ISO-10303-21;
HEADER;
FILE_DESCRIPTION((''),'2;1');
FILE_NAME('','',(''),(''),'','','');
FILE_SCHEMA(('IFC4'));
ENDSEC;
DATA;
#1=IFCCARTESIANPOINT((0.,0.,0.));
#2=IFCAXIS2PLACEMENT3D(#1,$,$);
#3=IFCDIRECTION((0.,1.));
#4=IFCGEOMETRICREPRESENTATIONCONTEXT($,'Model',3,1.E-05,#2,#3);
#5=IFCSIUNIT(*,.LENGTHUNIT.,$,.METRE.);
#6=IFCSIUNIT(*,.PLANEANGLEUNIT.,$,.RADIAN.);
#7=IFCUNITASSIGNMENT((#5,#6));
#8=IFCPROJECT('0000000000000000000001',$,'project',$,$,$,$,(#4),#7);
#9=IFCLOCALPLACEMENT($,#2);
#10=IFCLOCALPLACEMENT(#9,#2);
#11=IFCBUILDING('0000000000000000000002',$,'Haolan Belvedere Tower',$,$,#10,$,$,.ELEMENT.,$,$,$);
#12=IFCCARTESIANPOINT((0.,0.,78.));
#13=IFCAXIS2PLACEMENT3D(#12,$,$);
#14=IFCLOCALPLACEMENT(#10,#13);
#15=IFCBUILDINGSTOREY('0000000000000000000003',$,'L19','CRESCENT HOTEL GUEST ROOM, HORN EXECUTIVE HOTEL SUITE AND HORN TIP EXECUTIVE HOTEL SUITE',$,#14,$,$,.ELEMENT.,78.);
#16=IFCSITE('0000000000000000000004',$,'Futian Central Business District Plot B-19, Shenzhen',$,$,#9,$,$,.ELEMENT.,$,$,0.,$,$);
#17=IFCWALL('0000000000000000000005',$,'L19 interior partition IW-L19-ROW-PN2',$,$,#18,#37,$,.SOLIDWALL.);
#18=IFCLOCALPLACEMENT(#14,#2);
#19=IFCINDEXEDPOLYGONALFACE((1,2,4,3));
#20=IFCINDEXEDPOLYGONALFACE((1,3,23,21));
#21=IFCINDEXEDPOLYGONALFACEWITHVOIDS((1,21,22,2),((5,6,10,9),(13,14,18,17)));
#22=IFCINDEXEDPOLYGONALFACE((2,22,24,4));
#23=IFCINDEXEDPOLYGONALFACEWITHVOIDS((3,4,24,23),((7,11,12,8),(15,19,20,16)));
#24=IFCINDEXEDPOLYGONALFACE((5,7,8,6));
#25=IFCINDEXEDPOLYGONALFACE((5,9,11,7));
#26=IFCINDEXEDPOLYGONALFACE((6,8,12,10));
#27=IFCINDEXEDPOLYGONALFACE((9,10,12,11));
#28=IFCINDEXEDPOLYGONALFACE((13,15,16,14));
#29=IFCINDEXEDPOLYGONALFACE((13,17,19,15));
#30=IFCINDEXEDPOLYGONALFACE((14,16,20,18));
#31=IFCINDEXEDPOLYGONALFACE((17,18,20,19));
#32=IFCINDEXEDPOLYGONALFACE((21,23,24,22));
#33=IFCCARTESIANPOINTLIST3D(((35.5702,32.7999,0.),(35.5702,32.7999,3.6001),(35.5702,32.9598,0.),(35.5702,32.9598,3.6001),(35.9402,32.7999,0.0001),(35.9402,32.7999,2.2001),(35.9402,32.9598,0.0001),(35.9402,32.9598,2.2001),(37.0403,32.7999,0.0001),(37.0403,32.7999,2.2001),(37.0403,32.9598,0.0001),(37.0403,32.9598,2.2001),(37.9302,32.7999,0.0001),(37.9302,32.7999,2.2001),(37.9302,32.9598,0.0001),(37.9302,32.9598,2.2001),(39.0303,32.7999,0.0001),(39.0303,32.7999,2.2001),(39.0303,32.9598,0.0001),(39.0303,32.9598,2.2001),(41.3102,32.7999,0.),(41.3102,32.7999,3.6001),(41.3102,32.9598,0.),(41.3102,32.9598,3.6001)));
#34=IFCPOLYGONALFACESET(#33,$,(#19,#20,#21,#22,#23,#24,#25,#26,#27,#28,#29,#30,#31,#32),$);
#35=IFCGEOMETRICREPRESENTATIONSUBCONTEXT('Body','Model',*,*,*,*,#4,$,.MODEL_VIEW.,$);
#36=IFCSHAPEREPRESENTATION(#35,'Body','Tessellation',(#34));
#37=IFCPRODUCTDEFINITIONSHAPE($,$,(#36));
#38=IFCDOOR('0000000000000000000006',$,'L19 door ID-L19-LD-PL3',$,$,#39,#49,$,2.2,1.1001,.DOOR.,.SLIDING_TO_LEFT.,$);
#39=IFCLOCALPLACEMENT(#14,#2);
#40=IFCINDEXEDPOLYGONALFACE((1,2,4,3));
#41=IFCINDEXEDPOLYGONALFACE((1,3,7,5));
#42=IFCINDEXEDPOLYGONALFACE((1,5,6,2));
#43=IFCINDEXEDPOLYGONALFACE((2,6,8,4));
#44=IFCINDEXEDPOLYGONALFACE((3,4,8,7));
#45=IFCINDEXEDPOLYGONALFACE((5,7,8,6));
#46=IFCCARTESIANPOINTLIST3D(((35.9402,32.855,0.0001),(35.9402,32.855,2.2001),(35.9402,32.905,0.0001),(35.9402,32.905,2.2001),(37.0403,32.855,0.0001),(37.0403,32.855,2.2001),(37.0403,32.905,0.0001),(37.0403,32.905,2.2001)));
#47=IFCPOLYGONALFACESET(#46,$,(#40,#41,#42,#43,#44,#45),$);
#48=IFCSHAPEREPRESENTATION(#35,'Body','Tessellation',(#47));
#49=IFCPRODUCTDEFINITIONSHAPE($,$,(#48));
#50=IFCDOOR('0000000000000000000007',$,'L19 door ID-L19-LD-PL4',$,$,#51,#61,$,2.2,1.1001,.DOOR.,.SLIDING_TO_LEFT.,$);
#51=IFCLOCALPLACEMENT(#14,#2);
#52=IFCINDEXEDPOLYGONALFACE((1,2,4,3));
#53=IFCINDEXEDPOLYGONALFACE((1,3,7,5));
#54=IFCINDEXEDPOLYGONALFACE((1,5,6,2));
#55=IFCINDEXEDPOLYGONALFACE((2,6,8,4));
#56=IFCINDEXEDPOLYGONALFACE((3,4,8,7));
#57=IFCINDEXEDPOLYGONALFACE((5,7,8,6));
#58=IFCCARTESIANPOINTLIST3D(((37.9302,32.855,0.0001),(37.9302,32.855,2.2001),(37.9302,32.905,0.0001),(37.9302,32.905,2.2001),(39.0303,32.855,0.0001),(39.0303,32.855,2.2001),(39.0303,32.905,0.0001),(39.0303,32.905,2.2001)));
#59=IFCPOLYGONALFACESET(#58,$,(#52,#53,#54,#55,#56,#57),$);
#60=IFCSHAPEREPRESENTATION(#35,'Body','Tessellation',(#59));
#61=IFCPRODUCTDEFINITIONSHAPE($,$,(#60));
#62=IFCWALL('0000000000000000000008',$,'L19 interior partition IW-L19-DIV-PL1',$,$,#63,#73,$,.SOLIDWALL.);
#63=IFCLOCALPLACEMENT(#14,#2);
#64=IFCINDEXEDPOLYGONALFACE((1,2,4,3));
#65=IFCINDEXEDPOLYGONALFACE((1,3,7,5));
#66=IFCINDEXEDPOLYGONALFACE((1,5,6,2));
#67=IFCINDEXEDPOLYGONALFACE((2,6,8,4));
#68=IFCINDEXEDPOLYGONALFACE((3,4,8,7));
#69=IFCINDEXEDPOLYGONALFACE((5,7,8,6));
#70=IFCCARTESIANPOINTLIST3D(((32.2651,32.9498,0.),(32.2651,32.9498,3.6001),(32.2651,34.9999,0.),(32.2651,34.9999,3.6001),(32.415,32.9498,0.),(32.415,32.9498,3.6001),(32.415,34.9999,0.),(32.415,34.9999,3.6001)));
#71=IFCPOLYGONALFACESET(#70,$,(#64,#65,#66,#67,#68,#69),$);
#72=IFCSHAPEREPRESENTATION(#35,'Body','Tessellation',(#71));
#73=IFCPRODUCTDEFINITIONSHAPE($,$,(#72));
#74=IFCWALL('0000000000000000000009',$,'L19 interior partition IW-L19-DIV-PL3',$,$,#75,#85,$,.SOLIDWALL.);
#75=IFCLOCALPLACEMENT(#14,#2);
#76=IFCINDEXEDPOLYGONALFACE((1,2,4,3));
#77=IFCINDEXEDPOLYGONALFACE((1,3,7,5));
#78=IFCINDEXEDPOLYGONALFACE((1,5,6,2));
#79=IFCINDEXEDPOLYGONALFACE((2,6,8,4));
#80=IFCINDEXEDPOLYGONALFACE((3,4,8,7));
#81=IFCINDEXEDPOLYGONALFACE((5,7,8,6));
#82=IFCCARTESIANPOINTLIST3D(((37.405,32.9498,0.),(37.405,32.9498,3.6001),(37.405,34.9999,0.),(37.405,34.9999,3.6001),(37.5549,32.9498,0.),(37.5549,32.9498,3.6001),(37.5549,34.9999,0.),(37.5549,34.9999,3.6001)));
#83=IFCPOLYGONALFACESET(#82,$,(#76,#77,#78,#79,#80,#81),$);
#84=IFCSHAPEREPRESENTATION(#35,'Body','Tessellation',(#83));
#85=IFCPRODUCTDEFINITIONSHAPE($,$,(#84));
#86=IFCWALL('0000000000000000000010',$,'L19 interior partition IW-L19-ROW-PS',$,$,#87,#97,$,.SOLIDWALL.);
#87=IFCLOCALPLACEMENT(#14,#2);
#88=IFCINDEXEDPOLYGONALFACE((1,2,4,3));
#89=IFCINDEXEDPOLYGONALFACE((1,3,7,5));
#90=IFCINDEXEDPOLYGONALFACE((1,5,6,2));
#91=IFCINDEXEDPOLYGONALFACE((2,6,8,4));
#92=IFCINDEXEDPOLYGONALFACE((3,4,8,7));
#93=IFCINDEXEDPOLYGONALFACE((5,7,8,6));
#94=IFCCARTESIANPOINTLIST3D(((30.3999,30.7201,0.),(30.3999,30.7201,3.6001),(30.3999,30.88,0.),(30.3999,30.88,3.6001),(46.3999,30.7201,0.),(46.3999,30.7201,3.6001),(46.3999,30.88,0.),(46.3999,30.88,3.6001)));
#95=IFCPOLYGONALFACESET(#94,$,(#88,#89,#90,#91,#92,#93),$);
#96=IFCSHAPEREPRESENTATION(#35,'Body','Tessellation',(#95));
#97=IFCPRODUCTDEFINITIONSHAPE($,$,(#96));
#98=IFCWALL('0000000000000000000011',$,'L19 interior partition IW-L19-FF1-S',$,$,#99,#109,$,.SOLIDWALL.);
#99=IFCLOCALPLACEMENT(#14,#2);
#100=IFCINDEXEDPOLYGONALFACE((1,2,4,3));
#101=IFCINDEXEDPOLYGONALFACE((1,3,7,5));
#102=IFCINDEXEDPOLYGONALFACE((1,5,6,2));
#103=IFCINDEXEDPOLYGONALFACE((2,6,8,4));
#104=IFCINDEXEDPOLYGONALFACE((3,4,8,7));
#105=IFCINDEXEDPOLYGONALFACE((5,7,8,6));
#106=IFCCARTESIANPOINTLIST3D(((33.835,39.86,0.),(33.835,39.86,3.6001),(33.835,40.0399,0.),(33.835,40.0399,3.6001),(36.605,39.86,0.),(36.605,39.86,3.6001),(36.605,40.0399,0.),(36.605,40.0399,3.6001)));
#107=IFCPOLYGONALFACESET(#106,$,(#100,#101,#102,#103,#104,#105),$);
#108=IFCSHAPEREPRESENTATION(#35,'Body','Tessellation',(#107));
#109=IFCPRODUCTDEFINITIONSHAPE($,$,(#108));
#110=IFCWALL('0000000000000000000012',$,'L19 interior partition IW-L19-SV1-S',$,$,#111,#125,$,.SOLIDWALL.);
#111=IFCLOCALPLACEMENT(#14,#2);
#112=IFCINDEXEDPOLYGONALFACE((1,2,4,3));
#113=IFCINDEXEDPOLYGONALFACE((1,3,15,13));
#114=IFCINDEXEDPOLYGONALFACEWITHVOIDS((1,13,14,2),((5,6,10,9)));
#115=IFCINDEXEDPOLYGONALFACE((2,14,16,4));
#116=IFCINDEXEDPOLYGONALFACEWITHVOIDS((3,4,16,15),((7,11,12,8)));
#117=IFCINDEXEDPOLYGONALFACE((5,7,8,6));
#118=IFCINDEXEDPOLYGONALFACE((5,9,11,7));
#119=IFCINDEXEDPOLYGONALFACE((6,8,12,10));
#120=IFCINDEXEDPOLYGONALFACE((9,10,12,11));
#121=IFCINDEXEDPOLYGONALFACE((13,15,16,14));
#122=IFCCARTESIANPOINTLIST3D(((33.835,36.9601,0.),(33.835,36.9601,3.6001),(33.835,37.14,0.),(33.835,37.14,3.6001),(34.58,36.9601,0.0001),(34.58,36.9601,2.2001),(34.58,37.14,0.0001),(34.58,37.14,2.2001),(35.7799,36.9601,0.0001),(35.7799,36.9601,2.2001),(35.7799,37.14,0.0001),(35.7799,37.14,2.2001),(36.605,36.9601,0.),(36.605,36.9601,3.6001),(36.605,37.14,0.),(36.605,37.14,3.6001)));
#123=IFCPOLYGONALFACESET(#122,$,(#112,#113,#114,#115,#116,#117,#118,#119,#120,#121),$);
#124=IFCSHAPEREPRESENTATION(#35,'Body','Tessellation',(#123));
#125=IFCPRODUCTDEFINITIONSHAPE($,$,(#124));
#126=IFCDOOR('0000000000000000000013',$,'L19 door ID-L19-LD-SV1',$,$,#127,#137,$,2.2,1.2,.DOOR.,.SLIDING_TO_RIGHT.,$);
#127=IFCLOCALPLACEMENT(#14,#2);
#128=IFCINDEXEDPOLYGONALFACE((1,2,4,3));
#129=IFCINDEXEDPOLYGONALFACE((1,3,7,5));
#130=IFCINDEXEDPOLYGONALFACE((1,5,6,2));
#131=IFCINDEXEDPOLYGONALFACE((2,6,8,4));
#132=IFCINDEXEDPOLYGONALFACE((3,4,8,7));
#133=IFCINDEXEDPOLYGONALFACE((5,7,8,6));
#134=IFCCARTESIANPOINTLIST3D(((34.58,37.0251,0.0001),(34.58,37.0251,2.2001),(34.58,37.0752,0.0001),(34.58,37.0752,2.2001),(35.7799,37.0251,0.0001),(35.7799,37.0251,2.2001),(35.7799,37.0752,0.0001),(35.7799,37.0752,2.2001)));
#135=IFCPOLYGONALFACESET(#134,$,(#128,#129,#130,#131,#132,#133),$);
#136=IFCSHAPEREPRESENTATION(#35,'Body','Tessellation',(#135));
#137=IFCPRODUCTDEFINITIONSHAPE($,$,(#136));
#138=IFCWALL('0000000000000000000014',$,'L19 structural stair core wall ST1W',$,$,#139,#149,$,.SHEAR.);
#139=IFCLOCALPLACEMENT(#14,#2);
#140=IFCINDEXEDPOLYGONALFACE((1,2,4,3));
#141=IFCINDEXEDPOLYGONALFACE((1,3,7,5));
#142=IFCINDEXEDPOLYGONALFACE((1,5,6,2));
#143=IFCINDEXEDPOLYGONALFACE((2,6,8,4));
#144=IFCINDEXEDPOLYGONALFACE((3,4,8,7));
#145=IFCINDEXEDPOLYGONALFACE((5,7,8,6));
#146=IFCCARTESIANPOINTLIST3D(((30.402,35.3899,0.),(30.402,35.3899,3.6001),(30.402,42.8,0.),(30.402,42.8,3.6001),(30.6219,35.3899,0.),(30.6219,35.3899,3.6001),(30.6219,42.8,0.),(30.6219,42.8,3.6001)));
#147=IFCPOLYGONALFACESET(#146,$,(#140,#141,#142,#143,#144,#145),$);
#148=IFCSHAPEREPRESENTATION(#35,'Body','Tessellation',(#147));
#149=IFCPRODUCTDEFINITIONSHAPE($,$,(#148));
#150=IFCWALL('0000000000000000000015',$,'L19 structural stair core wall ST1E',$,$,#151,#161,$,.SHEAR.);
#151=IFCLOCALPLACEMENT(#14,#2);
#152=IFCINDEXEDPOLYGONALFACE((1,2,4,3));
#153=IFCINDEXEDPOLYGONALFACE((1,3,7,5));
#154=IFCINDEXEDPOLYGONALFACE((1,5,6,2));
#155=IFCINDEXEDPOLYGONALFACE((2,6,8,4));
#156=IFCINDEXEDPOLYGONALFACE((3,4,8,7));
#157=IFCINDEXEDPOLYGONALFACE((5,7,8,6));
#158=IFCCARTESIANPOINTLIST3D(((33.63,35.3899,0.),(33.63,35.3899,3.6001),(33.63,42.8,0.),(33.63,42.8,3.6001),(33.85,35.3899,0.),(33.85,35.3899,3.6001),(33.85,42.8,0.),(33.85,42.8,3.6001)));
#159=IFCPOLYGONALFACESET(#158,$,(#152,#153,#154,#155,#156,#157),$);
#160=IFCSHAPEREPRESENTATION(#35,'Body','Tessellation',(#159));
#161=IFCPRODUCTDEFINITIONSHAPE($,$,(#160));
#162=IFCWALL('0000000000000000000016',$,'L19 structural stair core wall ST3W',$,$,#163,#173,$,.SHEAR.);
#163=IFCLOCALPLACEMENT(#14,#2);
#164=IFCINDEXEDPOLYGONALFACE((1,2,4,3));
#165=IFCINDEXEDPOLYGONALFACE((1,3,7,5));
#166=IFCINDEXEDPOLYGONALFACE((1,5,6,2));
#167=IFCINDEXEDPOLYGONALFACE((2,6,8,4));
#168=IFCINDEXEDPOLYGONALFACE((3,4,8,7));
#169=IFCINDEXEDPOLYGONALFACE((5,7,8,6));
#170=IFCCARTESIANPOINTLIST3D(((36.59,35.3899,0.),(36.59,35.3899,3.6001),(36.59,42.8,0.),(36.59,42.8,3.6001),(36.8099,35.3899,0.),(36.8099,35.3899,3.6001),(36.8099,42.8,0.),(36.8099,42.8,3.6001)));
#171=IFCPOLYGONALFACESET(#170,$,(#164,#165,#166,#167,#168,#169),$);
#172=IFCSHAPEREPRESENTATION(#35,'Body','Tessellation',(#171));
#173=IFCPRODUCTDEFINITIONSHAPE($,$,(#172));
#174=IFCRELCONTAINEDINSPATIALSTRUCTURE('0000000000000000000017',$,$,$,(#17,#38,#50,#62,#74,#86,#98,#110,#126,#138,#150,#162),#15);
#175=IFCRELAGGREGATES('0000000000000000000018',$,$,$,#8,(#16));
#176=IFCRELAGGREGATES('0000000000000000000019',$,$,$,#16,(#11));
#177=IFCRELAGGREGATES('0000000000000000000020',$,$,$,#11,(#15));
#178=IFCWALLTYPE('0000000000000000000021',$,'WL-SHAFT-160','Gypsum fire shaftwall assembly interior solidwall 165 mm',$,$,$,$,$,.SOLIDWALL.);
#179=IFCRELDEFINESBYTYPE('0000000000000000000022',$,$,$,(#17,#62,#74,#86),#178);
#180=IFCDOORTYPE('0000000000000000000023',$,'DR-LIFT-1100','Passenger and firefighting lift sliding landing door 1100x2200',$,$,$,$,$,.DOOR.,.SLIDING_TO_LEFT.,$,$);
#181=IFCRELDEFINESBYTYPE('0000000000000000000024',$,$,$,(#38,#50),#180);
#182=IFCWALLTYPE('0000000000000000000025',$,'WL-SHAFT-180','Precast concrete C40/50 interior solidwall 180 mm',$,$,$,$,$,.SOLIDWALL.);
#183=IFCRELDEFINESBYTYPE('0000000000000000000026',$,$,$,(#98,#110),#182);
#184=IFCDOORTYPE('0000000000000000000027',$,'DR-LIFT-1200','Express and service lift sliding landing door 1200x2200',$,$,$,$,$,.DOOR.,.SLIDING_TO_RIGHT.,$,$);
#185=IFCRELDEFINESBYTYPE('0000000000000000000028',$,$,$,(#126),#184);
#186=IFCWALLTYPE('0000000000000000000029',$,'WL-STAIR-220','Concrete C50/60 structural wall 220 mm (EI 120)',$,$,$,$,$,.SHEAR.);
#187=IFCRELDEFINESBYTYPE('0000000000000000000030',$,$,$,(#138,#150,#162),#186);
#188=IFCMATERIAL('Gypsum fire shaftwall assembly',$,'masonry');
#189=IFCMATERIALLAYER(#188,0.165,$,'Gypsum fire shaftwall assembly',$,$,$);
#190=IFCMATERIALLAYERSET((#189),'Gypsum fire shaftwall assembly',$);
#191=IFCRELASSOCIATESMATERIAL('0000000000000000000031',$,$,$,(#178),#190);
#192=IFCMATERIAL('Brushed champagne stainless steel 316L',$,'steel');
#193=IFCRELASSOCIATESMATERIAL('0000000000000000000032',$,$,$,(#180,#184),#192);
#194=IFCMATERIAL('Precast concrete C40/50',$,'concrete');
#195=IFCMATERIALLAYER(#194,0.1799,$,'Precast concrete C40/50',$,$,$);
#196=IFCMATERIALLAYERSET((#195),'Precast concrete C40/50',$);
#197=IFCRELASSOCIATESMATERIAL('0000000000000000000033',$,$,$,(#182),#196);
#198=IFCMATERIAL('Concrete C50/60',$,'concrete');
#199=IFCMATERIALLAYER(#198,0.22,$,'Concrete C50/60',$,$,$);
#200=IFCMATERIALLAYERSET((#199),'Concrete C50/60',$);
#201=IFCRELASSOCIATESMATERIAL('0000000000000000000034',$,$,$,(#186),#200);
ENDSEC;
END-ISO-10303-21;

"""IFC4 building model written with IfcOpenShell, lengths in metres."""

from ifc_helpers import new_model, si_unit, direction, frame, frame_2d, origin, place, context, subcontext, project, spatial, rectangle, extrude, material, layer, layer_set, type_object, element, fill, save


model = new_model("IFC4")

# Units and contexts
model_context = context("Model", 3, precision=1e-05, world=origin(), true_north=direction((0.0, 1.0)))
body_context = subcontext(model_context, "Body", "Model", "MODEL_VIEW")
ifc_project = project(units=[si_unit("LENGTHUNIT", "METRE"), si_unit("PLANEANGLEUNIT", "RADIAN")], contexts=[model_context])

# Site, building, storey
site_placement = place(None, origin())
site = spatial("IfcSite", under=ifc_project, at=site_placement, Name="Futian Central Business District Plot B-19, Shenzhen", CompositionType="ELEMENT", RefElevation=0.0)
building_placement = place(site_placement, origin())
building = spatial("IfcBuilding", under=site, at=building_placement, Name="Haolan Belvedere Tower", CompositionType="ELEMENT")
storey_placement = place(building_placement, frame((0.0, 0.0, 78.0)))
storey = spatial("IfcBuildingStorey", under=building, at=storey_placement, Name="L19", Description="CRESCENT HOTEL GUEST ROOM, HORN EXECUTIVE HOTEL SUITE AND HORN TIP EXECUTIVE HOTEL SUITE", CompositionType="ELEMENT", Elevation=78.0)

# Shared definitions
ifc_material_1 = material(Name="Gypsum fire shaftwall assembly", Category="masonry")
ifc_layer_1 = layer(ifc_material_1, 0.165, Name="Gypsum fire shaftwall assembly")
ifc_layer_set_1 = layer_set([ifc_layer_1], Name="Gypsum fire shaftwall assembly")
wall_type_1 = type_object("IfcWallType", Name="WL-SHAFT-160", Description="Gypsum fire shaftwall assembly interior solidwall 165 mm", PredefinedType="SOLIDWALL", material=ifc_layer_set_1)

# Wall, openings, doors
ifc_material_2 = material(Name="Brushed champagne stainless steel 316L", Category="steel")
door_type_1 = type_object("IfcDoorType", Name="DR-LIFT-1100", Description="Passenger and firefighting lift sliding landing door 1100x2200", OperationType="SLIDING_TO_LEFT", PredefinedType="DOOR", material=ifc_material_2)
wall_1_placement = place(storey_placement, frame((35.5701, 32.8799, 0.0), z_axis=(0.0, 0.0, 1.0), x_axis=(1.0, 0.0, 0.0)))
wall_1 = element("IfcWall", 1, at=wall_1_placement, inside=storey, type_object=wall_type_1, Name="L19 interior partition IW-L19-ROW-PN2", PredefinedType="SOLIDWALL", context=body_context, shape_type="SweptSolid", body=[
    extrude(rectangle(XDim=5.74, YDim=0.1599, at=frame_2d((2.8701, 0.0))), origin(), (0.0, 0.0, 1.0), 3.6001),
])
opening_1_placement = place(wall_1_placement, frame((1.4702, 0.0, 0.0), z_axis=(0.0, 0.0, 1.0), x_axis=(-1.0, 0.0, 0.0)))
opening_1 = element("IfcOpeningElement", 2, at=opening_1_placement, cuts=wall_1, PredefinedType="OPENING", context=body_context, shape_type="SweptSolid", body=[
    extrude(rectangle(XDim=1.1001, YDim=2.2, at=frame_2d((0.55, 1.1001))), frame((0.0, 0.0898, 0.0), z_axis=(0.0, -1.0, 0.0), x_axis=(1.0, 0.0, 0.0)), (0.0, 0.0, 1.0), 0.1799),
])
opening_2_placement = place(wall_1_placement, frame((3.4602, 0.0, 0.0), z_axis=(0.0, 0.0, 1.0), x_axis=(-1.0, 0.0, 0.0)))
opening_2 = element("IfcOpeningElement", 3, at=opening_2_placement, cuts=wall_1, PredefinedType="OPENING", context=body_context, shape_type="SweptSolid", body=[
    extrude(rectangle(XDim=1.1001, YDim=2.2, at=frame_2d((0.55, 1.1001))), frame((0.0, 0.0898, 0.0), z_axis=(0.0, -1.0, 0.0), x_axis=(1.0, 0.0, 0.0)), (0.0, 0.0, 1.0), 0.1799),
])
door_1_placement = place(opening_1_placement, origin())
door_1 = element("IfcDoor", 4, at=door_1_placement, inside=storey, type_object=door_type_1, Name="L19 door ID-L19-LD-PL3", OperationType="SLIDING_TO_LEFT", OverallHeight=2.2, OverallWidth=1.1001, PredefinedType="DOOR", context=body_context, shape_type="SweptSolid", body=[
    extrude(rectangle(XDim=1.1001, YDim=2.2, at=frame_2d((0.55, 1.1001))), frame((0.0, 0.0249, 0.0), z_axis=(0.0, -1.0, 0.0), x_axis=(1.0, 0.0, 0.0)), (0.0, 0.0, 1.0), 0.05),
])
fill(opening_1, door_1)
door_2_placement = place(opening_2_placement, origin())
door_2 = element("IfcDoor", 5, at=door_2_placement, inside=storey, type_object=door_type_1, Name="L19 door ID-L19-LD-PL4", OperationType="SLIDING_TO_LEFT", OverallHeight=2.2, OverallWidth=1.1001, PredefinedType="DOOR", context=body_context, shape_type="SweptSolid", body=[
    extrude(rectangle(XDim=1.1001, YDim=2.2, at=frame_2d((0.55, 1.1001))), frame((0.0, 0.0249, 0.0), z_axis=(0.0, -1.0, 0.0), x_axis=(1.0, 0.0, 0.0)), (0.0, 0.0, 1.0), 0.05),
])
fill(opening_2, door_2)

# Walls
for number, where, z_axis, x_axis, name in (
    (6, (32.3401, 32.95, 0.0), (0.0, 0.0, 1.0), (0.0, 1.0, 0.0), "L19 interior partition IW-L19-DIV-PL1"),
    (7, (37.48, 32.95, 0.0), (0.0, 0.0, 1.0), (0.0, 1.0, 0.0), "L19 interior partition IW-L19-DIV-PL3"),
):
    element("IfcWall", number, at=place(storey_placement, frame(where, z_axis=z_axis, x_axis=x_axis)), inside=storey, type_object=wall_type_1, Name=name, PredefinedType="SOLIDWALL", context=body_context, shape_type="SweptSolid", body=[
        extrude(rectangle(XDim=2.05, YDim=0.1499, at=frame_2d((1.0249, 0.0))), origin(), (0.0, 0.0, 1.0), 3.6001),
    ])
wall_2_placement = place(storey_placement, frame((30.3999, 30.8, 0.0), z_axis=(0.0, 0.0, 1.0), x_axis=(1.0, 0.0, 0.0)))
element("IfcWall", 8, at=wall_2_placement, inside=storey, type_object=wall_type_1, Name="L19 interior partition IW-L19-ROW-PS", PredefinedType="SOLIDWALL", context=body_context, shape_type="SweptSolid", body=[
    extrude(rectangle(XDim=16.0, YDim=0.1599, at=frame_2d((8.0, 0.0))), origin(), (0.0, 0.0, 1.0), 3.6001),
])
ifc_material_3 = material(Name="Precast concrete C40/50", Category="concrete")
ifc_layer_2 = layer(ifc_material_3, 0.1799, Name="Precast concrete C40/50")
ifc_layer_set_2 = layer_set([ifc_layer_2], Name="Precast concrete C40/50")
wall_type_2 = type_object("IfcWallType", Name="WL-SHAFT-180", Description="Precast concrete C40/50 interior solidwall 180 mm", PredefinedType="SOLIDWALL", material=ifc_layer_set_2)
wall_3_placement = place(storey_placement, frame((33.835, 39.95, 0.0), z_axis=(0.0, 0.0, 1.0), x_axis=(1.0, 0.0, 0.0)))
element("IfcWall", 9, at=wall_3_placement, inside=storey, type_object=wall_type_2, Name="L19 interior partition IW-L19-FF1-S", PredefinedType="SOLIDWALL", context=body_context, shape_type="SweptSolid", body=[
    extrude(rectangle(XDim=2.77, YDim=0.1799, at=frame_2d((1.385, 0.0))), origin(), (0.0, 0.0, 1.0), 3.6001),
])

# Wall, opening, door
wall_4_placement = place(storey_placement, frame((33.835, 37.05, 0.0), z_axis=(0.0, 0.0, 1.0), x_axis=(1.0, 0.0, 0.0)))
wall_4 = element("IfcWall", 10, at=wall_4_placement, inside=storey, type_object=wall_type_2, Name="L19 interior partition IW-L19-SV1-S", PredefinedType="SOLIDWALL", context=body_context, shape_type="SweptSolid", body=[
    extrude(rectangle(XDim=2.77, YDim=0.1799, at=frame_2d((1.385, 0.0))), origin(), (0.0, 0.0, 1.0), 3.6001),
])
opening_3_placement = place(wall_4_placement, frame((1.9451, 0.0, 0.0), z_axis=(0.0, 0.0, 1.0), x_axis=(-1.0, 0.0, 0.0)))
opening_3 = element("IfcOpeningElement", 11, at=opening_3_placement, cuts=wall_4, PredefinedType="OPENING", context=body_context, shape_type="SweptSolid", body=[
    extrude(rectangle(XDim=1.2, YDim=2.2, at=frame_2d((0.6001, 1.1001))), frame((0.0, 0.0999, 0.0), z_axis=(0.0, -1.0, 0.0), x_axis=(1.0, 0.0, 0.0)), (0.0, 0.0, 1.0), 0.2),
])
door_type_2 = type_object("IfcDoorType", Name="DR-LIFT-1200", Description="Express and service lift sliding landing door 1200x2200", OperationType="SLIDING_TO_RIGHT", PredefinedType="DOOR", material=ifc_material_2)
door_3_placement = place(opening_3_placement, origin())
door_3 = element("IfcDoor", 12, at=door_3_placement, inside=storey, type_object=door_type_2, Name="L19 door ID-L19-LD-SV1", OperationType="SLIDING_TO_RIGHT", OverallHeight=2.2, OverallWidth=1.2, PredefinedType="DOOR", context=body_context, shape_type="SweptSolid", body=[
    extrude(rectangle(XDim=1.2, YDim=2.2, at=frame_2d((0.6001, 1.1001))), frame((0.0, 0.0249, 0.0), z_axis=(0.0, -1.0, 0.0), x_axis=(1.0, 0.0, 0.0)), (0.0, 0.0, 1.0), 0.05),
])
fill(opening_3, door_3)

# Walls
ifc_material_4 = material(Name="Concrete C50/60", Category="concrete")
ifc_layer_3 = layer(ifc_material_4, 0.22, Name="Concrete C50/60")
ifc_layer_set_3 = layer_set([ifc_layer_3], Name="Concrete C50/60")
wall_type_3 = type_object("IfcWallType", Name="WL-STAIR-220", Description="Concrete C50/60 structural wall 220 mm (EI 120)", PredefinedType="SHEAR", material=ifc_layer_set_3)
for number, where, z_axis, x_axis, name in (
    (13, (30.512, 35.3899, 0.0), (0.0, 0.0, 1.0), (0.0, 1.0, 0.0), "L19 structural stair core wall ST1W"),
    (14, (33.74, 35.3899, 0.0), (0.0, 0.0, 1.0), (0.0, 1.0, 0.0), "L19 structural stair core wall ST1E"),
    (15, (36.7, 35.3899, 0.0), (0.0, 0.0, 1.0), (0.0, 1.0, 0.0), "L19 structural stair core wall ST3W"),
):
    element("IfcWall", number, at=place(storey_placement, frame(where, z_axis=z_axis, x_axis=x_axis)), inside=storey, type_object=wall_type_3, Name=name, PredefinedType="SHEAR", context=body_context, shape_type="SweptSolid", body=[
        extrude(rectangle(XDim=7.4102, YDim=0.22, at=frame_2d((3.7051, 0.0))), origin(), (0.0, 0.0, 1.0), 3.6001),
    ])

save(model, "model.ifc")
